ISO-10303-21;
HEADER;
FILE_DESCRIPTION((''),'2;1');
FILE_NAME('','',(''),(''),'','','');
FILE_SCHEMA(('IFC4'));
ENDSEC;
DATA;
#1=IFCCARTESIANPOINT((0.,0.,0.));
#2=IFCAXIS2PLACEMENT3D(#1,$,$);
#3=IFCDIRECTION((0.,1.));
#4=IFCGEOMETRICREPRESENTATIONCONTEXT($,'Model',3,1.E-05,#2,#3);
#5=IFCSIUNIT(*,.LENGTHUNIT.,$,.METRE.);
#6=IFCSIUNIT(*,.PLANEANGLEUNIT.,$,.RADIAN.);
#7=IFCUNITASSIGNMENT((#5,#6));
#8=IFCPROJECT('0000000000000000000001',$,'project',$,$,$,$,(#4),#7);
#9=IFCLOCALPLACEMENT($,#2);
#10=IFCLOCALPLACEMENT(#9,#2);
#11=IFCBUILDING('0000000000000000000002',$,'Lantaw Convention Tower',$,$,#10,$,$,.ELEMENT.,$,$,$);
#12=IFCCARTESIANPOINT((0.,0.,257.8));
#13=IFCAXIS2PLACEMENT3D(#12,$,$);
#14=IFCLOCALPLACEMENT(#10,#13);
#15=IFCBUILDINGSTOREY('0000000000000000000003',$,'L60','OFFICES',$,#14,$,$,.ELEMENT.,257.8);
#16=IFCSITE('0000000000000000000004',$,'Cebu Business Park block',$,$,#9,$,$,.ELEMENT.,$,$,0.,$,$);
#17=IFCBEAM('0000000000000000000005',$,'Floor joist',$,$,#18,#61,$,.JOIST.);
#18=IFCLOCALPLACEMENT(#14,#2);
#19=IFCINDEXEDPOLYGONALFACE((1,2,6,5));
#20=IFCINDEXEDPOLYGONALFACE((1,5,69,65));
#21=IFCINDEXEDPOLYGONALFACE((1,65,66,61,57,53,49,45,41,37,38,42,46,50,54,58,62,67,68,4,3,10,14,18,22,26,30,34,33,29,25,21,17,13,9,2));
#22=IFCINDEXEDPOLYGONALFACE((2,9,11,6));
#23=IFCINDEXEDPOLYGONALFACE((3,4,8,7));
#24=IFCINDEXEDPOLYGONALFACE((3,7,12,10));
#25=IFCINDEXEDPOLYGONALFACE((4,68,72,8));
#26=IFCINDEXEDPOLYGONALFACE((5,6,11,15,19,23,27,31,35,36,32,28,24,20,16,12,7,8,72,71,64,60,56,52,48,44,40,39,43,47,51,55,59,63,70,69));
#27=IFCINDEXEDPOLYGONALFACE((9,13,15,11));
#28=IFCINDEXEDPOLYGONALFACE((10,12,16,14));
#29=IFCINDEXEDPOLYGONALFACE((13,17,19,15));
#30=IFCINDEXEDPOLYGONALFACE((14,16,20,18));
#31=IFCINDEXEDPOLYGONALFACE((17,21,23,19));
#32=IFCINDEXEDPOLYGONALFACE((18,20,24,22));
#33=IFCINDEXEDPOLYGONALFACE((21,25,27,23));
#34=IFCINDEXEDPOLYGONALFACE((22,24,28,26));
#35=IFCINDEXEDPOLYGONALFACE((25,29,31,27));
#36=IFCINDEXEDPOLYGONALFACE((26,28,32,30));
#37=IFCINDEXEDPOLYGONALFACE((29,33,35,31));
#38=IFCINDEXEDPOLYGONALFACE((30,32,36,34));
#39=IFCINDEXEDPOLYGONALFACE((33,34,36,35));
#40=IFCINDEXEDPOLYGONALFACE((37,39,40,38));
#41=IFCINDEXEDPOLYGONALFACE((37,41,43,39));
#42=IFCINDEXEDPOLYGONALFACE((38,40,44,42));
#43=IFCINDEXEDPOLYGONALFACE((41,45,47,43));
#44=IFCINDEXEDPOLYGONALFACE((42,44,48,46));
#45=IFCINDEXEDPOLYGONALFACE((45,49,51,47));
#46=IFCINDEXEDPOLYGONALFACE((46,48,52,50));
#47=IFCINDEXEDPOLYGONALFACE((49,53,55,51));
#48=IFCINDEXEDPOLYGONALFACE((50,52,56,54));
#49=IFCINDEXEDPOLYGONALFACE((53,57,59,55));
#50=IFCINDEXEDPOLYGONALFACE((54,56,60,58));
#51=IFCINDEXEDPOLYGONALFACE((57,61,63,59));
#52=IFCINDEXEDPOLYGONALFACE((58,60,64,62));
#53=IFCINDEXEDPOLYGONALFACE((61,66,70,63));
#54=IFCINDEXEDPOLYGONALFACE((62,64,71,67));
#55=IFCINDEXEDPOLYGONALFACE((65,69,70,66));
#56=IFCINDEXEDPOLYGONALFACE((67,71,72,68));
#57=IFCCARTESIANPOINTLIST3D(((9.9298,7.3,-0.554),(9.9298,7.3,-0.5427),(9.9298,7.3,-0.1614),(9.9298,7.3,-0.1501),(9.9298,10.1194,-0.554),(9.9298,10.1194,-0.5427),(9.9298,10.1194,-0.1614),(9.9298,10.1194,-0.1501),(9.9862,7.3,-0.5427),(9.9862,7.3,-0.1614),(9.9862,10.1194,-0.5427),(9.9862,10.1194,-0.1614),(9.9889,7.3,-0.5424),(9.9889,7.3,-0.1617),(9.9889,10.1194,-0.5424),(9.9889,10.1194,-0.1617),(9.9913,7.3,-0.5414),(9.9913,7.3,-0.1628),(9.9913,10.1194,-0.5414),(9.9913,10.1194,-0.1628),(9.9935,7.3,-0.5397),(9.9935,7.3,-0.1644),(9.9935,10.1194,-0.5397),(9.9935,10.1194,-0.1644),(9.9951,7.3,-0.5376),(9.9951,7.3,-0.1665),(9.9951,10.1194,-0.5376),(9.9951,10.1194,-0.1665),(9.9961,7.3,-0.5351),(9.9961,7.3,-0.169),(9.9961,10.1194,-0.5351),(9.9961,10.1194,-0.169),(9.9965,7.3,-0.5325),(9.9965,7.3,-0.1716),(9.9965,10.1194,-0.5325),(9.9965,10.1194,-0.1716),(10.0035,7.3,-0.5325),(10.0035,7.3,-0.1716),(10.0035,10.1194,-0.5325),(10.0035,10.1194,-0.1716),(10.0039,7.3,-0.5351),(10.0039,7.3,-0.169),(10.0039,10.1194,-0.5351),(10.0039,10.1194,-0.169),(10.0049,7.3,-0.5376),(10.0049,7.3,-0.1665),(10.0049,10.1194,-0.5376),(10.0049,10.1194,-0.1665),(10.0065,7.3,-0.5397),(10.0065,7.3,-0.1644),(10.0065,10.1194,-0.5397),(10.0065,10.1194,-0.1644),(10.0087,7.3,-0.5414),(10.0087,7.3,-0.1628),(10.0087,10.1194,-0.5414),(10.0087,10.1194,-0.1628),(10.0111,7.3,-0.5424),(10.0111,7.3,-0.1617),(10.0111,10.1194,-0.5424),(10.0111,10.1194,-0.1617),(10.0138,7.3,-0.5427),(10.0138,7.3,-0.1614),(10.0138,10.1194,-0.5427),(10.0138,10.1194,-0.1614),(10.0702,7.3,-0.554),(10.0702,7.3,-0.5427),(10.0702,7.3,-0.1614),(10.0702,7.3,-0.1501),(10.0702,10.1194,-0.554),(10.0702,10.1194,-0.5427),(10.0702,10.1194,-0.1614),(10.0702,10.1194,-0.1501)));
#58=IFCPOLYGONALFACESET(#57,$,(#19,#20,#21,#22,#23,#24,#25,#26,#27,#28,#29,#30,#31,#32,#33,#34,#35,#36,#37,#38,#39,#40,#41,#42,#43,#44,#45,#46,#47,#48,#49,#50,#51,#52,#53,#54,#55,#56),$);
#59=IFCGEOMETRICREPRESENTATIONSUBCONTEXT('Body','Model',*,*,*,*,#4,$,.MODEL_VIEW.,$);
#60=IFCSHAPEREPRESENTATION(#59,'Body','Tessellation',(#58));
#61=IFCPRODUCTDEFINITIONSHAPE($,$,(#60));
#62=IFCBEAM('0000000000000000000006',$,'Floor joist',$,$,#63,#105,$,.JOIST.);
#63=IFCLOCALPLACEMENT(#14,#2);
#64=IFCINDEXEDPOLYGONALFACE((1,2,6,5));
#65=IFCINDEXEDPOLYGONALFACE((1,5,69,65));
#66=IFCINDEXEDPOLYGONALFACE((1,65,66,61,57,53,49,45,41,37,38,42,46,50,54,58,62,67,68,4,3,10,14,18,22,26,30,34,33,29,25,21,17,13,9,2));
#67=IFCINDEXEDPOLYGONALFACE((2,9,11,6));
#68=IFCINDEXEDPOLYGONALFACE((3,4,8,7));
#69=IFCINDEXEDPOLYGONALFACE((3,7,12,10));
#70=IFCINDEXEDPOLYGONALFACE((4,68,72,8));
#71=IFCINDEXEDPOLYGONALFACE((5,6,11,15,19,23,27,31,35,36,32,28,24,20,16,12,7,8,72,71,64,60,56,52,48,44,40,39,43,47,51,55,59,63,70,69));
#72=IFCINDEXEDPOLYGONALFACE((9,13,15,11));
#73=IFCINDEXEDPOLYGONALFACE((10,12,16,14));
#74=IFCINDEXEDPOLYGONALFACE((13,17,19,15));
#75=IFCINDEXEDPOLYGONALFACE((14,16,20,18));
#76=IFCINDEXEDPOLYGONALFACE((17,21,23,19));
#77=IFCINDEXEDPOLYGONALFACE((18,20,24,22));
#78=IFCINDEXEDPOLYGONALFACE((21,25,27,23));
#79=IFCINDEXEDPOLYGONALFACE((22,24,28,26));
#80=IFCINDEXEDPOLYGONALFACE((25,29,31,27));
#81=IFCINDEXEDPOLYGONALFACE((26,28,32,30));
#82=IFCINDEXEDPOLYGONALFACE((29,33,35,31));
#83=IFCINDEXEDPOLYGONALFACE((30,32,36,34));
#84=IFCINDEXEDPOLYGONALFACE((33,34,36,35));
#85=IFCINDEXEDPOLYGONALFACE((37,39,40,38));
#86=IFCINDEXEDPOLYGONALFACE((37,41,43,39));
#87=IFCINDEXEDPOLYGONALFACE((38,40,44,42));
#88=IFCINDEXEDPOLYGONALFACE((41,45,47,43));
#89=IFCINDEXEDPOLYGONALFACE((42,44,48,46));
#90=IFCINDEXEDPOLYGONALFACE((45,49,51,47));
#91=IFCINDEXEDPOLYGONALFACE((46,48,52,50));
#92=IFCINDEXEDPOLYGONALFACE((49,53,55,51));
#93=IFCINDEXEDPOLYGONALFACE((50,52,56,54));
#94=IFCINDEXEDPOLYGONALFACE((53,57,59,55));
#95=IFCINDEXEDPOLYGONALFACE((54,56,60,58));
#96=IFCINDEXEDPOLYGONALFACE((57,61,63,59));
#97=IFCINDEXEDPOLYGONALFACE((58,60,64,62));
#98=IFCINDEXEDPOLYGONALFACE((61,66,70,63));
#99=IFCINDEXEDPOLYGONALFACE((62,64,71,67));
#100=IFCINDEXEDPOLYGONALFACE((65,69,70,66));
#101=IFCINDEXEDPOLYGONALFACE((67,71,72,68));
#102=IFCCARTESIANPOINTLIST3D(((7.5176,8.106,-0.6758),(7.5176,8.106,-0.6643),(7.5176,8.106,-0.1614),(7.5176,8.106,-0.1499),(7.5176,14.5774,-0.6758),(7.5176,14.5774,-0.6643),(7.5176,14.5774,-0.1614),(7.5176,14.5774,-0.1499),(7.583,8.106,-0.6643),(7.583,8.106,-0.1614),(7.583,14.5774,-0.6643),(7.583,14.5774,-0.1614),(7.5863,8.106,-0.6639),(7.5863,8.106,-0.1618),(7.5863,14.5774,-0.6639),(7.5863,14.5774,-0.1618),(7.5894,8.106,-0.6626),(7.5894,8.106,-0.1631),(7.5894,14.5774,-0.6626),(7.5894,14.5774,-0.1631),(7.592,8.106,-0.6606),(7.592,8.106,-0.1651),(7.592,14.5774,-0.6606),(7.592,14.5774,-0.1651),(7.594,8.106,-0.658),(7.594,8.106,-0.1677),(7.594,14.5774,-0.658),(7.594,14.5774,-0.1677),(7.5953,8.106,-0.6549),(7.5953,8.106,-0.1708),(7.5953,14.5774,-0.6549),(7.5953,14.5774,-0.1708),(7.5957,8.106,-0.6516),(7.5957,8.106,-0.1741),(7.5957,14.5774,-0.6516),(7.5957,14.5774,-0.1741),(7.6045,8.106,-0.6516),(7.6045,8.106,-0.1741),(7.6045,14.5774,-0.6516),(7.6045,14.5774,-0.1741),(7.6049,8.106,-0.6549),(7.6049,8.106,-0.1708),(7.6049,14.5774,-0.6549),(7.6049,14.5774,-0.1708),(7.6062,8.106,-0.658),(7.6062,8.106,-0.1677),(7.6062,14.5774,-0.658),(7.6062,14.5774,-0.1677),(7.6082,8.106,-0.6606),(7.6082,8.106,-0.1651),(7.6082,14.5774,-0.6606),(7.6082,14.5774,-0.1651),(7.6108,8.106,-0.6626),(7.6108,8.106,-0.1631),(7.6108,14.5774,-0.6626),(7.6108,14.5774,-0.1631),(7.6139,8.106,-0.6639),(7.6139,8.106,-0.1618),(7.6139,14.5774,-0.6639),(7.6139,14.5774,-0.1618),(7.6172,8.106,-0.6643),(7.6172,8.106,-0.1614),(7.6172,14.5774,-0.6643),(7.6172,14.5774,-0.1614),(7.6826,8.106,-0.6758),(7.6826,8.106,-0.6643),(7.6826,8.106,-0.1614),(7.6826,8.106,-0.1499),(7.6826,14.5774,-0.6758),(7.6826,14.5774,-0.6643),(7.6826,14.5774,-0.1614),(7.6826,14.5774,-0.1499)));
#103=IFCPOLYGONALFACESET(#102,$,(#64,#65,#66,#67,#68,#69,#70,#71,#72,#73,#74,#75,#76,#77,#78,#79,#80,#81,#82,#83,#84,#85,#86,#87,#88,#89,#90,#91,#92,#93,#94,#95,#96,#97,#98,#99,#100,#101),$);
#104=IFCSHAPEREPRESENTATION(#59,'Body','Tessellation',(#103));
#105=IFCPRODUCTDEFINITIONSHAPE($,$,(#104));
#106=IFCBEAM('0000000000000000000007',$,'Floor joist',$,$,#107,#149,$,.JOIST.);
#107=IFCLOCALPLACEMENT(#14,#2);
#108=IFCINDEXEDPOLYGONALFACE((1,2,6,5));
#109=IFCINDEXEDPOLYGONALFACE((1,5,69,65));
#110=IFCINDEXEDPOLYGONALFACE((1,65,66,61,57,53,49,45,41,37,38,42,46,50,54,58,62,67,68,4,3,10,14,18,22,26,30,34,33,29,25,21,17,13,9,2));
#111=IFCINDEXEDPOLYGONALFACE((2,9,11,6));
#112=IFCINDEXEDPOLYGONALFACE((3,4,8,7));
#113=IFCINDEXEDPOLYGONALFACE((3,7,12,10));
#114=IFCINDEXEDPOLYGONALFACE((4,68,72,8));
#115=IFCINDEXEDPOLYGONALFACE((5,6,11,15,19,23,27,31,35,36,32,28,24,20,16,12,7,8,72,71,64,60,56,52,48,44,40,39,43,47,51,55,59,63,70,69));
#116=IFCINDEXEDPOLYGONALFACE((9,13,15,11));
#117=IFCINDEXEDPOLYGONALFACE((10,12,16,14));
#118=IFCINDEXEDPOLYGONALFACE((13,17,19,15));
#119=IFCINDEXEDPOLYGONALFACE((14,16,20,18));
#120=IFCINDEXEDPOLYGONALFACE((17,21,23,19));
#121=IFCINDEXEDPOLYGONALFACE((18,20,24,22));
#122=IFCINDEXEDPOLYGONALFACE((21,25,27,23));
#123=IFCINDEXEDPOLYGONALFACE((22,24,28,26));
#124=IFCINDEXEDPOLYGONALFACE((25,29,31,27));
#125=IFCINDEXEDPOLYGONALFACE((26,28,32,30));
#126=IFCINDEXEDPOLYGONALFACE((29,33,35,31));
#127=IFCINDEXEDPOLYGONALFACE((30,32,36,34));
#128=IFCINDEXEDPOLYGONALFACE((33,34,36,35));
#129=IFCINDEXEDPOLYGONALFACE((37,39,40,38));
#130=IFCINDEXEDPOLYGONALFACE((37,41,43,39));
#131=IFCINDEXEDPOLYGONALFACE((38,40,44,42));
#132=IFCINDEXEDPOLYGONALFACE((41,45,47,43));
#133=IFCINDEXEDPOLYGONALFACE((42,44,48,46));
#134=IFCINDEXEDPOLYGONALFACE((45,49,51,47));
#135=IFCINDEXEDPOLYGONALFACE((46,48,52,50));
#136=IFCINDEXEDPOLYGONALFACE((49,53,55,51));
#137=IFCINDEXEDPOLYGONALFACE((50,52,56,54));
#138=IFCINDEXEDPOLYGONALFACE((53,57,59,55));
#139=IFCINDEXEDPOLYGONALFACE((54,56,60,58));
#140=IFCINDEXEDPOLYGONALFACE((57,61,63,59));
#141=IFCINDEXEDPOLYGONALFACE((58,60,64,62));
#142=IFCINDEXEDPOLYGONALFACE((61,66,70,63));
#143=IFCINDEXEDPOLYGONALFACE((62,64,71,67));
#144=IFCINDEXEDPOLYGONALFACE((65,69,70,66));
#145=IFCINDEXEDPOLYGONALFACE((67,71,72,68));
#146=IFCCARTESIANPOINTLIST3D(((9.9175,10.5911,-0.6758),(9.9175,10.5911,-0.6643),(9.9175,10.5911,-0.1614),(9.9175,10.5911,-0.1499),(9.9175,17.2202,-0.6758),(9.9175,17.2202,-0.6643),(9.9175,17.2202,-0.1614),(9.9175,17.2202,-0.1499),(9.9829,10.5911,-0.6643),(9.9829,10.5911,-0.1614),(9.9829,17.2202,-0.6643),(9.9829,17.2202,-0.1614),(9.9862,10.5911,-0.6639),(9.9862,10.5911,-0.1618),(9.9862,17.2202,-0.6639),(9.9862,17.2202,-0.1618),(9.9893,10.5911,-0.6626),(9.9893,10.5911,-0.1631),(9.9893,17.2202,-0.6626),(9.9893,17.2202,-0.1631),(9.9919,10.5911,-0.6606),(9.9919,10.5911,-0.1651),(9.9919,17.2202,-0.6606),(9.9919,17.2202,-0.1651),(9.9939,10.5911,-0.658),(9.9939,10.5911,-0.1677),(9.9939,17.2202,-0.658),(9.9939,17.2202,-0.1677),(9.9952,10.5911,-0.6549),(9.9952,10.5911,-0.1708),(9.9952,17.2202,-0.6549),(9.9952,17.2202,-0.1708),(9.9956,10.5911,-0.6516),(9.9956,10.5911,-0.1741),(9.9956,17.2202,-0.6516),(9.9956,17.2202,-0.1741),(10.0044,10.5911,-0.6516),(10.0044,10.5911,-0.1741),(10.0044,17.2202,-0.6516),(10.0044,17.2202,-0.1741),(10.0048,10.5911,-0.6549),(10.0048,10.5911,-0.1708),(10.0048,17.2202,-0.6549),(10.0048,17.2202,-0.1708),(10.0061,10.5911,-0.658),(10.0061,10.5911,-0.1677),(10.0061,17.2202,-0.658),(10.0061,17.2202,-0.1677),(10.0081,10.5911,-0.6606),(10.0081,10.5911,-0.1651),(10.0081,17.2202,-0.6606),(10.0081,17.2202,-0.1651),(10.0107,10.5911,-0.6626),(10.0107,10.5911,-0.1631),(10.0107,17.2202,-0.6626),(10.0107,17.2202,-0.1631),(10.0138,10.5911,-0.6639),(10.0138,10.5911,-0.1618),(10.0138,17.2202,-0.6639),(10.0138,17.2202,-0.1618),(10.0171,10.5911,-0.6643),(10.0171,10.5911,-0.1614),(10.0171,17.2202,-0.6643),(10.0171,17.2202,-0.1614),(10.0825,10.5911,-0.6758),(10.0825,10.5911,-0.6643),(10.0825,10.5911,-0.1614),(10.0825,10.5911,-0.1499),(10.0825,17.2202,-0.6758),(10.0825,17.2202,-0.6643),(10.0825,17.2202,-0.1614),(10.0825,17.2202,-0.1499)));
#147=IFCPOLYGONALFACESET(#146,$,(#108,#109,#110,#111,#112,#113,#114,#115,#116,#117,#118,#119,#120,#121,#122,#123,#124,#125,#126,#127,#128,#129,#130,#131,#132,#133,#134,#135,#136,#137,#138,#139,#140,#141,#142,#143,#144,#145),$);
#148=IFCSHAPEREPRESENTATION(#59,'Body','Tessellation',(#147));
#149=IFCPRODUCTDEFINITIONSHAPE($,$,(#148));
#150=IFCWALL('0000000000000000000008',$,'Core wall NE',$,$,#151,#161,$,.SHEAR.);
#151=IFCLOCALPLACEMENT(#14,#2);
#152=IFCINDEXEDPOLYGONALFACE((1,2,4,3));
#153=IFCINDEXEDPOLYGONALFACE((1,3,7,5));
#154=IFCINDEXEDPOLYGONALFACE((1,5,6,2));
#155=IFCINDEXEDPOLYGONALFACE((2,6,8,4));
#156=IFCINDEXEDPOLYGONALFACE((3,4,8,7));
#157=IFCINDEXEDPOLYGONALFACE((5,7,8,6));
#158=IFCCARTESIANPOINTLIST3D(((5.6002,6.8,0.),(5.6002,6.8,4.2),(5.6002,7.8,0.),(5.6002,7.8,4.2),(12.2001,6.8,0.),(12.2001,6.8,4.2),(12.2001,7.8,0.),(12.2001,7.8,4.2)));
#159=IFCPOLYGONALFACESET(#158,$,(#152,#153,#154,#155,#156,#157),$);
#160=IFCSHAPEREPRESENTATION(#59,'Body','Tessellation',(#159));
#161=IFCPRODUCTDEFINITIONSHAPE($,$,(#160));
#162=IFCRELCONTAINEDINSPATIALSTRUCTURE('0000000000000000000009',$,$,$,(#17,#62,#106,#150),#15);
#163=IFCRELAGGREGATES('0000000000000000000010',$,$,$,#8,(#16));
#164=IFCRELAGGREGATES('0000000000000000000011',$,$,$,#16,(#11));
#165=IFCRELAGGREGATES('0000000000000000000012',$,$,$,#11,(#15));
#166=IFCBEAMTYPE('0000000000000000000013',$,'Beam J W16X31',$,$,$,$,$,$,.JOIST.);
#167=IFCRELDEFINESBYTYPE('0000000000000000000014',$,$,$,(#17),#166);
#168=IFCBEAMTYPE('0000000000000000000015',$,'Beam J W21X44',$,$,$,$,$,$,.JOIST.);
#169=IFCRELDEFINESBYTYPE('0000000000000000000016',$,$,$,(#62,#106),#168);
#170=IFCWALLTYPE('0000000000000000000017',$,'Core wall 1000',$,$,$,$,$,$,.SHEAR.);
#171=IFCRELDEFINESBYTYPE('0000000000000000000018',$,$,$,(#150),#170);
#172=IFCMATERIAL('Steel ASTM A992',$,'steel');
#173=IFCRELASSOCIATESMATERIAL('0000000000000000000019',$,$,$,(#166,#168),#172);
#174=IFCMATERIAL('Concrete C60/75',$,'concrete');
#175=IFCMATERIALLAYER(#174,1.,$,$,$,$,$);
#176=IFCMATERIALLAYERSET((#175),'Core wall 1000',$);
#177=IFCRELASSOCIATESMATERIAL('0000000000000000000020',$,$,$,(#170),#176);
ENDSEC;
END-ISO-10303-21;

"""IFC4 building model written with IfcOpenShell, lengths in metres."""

from ifc_helpers import new_model, si_unit, direction, frame, frame_2d, origin, origin_2d, place, context, subcontext, project, spatial, rectangle, i_section, extrude, material, layer, layer_set, material_profile, profile_set, type_object, element, save


model = new_model("IFC4")

# Units and contexts
model_context = context("Model", 3, precision=1e-05, world=origin(), true_north=direction((0.0, 1.0)))
body_context = subcontext(model_context, "Body", "Model", "MODEL_VIEW")
ifc_project = project(units=[si_unit("LENGTHUNIT", "METRE"), si_unit("PLANEANGLEUNIT", "RADIAN")], contexts=[model_context])

# Site, building, storey
site_placement = place(None, origin())
site = spatial("IfcSite", under=ifc_project, at=site_placement, Name="Cebu Business Park block", CompositionType="ELEMENT", RefElevation=0.0)
building_placement = place(site_placement, origin())
building = spatial("IfcBuilding", under=site, at=building_placement, Name="Lantaw Convention Tower", CompositionType="ELEMENT")
storey_placement = place(building_placement, frame((0.0, 0.0, 257.8)))
storey = spatial("IfcBuildingStorey", under=building, at=storey_placement, Name="L60", Description="OFFICES", CompositionType="ELEMENT", Elevation=257.8)

# Beams
ifc_material_1 = material(Name="Steel ASTM A992", Category="steel")
ifc_material_profile_1 = material_profile(ifc_material_1, i_section(OverallWidth=0.1404, OverallDepth=0.4038, WebThickness=0.0071, FlangeThickness=0.0112, FilletRadius=0.0103, at=origin_2d()), Name="W16X31")
ifc_profile_set_1 = profile_set([ifc_material_profile_1], Name="Steel ASTM A992")
beam_type_1 = type_object("IfcBeamType", Name="Beam J W16X31", PredefinedType="JOIST", material=ifc_profile_set_1)
beam_1_placement = place(storey_placement, frame((10.0, 7.3, -0.3521), z_axis=(0.0, 1.0, 0.0), x_axis=(-1.0, 0.0, 0.0)))
element("IfcBeam", 1, at=beam_1_placement, inside=storey, type_object=beam_type_1, Name="Floor joist", PredefinedType="JOIST", context=body_context, shape_type="SweptSolid", body=[
    extrude(i_section(OverallWidth=0.1404, OverallDepth=0.4038, WebThickness=0.0071, FlangeThickness=0.0112, FilletRadius=0.0103, at=origin_2d()), origin(), (0.0, 0.0, 1.0), 2.8193),
])
ifc_material_profile_2 = material_profile(ifc_material_1, i_section(OverallWidth=0.165, OverallDepth=0.5259, WebThickness=0.0088, FlangeThickness=0.0115, FilletRadius=0.0127, at=origin_2d()), Name="W21X44")
ifc_profile_set_2 = profile_set([ifc_material_profile_2], Name="Steel ASTM A992")
beam_type_2 = type_object("IfcBeamType", Name="Beam J W21X44", PredefinedType="JOIST", material=ifc_profile_set_2)
beam_2_placement = place(storey_placement, frame((7.6001, 8.106, -0.4128), z_axis=(0.0, 1.0, 0.0), x_axis=(-1.0, 0.0, 0.0)))
element("IfcBeam", 2, at=beam_2_placement, inside=storey, type_object=beam_type_2, Name="Floor joist", PredefinedType="JOIST", context=body_context, shape_type="SweptSolid", body=[
    extrude(i_section(OverallWidth=0.165, OverallDepth=0.5259, WebThickness=0.0088, FlangeThickness=0.0115, FilletRadius=0.0127, at=origin_2d()), origin(), (0.0, 0.0, 1.0), 6.4714),
])
beam_3_placement = place(storey_placement, frame((10.0, 10.5911, -0.4128), z_axis=(0.0, 1.0, 0.0), x_axis=(-1.0, 0.0, 0.0)))
element("IfcBeam", 3, at=beam_3_placement, inside=storey, type_object=beam_type_2, Name="Floor joist", PredefinedType="JOIST", context=body_context, shape_type="SweptSolid", body=[
    extrude(i_section(OverallWidth=0.165, OverallDepth=0.5259, WebThickness=0.0088, FlangeThickness=0.0115, FilletRadius=0.0127, at=origin_2d()), origin(), (0.0, 0.0, 1.0), 6.6292),
])

# Wall
ifc_material_2 = material(Name="Concrete C60/75", Category="concrete")
ifc_layer_1 = layer(ifc_material_2, 1.0)
ifc_layer_set_1 = layer_set([ifc_layer_1], Name="Core wall 1000")
wall_type_1 = type_object("IfcWallType", Name="Core wall 1000", PredefinedType="SHEAR", material=ifc_layer_set_1)
wall_1_placement = place(storey_placement, frame((12.2, 7.3, 0.0), z_axis=(0.0, 0.0, 1.0), x_axis=(-1.0, 0.0, 0.0)))
element("IfcWall", 4, at=wall_1_placement, inside=storey, type_object=wall_type_1, Name="Core wall NE", PredefinedType="SHEAR", context=body_context, shape_type="SweptSolid", body=[
    extrude(rectangle(XDim=6.5999, YDim=1.0, at=frame_2d((3.2998, 0.0))), origin(), (0.0, 0.0, 1.0), 4.2),
])

save(model, "model.ifc")
